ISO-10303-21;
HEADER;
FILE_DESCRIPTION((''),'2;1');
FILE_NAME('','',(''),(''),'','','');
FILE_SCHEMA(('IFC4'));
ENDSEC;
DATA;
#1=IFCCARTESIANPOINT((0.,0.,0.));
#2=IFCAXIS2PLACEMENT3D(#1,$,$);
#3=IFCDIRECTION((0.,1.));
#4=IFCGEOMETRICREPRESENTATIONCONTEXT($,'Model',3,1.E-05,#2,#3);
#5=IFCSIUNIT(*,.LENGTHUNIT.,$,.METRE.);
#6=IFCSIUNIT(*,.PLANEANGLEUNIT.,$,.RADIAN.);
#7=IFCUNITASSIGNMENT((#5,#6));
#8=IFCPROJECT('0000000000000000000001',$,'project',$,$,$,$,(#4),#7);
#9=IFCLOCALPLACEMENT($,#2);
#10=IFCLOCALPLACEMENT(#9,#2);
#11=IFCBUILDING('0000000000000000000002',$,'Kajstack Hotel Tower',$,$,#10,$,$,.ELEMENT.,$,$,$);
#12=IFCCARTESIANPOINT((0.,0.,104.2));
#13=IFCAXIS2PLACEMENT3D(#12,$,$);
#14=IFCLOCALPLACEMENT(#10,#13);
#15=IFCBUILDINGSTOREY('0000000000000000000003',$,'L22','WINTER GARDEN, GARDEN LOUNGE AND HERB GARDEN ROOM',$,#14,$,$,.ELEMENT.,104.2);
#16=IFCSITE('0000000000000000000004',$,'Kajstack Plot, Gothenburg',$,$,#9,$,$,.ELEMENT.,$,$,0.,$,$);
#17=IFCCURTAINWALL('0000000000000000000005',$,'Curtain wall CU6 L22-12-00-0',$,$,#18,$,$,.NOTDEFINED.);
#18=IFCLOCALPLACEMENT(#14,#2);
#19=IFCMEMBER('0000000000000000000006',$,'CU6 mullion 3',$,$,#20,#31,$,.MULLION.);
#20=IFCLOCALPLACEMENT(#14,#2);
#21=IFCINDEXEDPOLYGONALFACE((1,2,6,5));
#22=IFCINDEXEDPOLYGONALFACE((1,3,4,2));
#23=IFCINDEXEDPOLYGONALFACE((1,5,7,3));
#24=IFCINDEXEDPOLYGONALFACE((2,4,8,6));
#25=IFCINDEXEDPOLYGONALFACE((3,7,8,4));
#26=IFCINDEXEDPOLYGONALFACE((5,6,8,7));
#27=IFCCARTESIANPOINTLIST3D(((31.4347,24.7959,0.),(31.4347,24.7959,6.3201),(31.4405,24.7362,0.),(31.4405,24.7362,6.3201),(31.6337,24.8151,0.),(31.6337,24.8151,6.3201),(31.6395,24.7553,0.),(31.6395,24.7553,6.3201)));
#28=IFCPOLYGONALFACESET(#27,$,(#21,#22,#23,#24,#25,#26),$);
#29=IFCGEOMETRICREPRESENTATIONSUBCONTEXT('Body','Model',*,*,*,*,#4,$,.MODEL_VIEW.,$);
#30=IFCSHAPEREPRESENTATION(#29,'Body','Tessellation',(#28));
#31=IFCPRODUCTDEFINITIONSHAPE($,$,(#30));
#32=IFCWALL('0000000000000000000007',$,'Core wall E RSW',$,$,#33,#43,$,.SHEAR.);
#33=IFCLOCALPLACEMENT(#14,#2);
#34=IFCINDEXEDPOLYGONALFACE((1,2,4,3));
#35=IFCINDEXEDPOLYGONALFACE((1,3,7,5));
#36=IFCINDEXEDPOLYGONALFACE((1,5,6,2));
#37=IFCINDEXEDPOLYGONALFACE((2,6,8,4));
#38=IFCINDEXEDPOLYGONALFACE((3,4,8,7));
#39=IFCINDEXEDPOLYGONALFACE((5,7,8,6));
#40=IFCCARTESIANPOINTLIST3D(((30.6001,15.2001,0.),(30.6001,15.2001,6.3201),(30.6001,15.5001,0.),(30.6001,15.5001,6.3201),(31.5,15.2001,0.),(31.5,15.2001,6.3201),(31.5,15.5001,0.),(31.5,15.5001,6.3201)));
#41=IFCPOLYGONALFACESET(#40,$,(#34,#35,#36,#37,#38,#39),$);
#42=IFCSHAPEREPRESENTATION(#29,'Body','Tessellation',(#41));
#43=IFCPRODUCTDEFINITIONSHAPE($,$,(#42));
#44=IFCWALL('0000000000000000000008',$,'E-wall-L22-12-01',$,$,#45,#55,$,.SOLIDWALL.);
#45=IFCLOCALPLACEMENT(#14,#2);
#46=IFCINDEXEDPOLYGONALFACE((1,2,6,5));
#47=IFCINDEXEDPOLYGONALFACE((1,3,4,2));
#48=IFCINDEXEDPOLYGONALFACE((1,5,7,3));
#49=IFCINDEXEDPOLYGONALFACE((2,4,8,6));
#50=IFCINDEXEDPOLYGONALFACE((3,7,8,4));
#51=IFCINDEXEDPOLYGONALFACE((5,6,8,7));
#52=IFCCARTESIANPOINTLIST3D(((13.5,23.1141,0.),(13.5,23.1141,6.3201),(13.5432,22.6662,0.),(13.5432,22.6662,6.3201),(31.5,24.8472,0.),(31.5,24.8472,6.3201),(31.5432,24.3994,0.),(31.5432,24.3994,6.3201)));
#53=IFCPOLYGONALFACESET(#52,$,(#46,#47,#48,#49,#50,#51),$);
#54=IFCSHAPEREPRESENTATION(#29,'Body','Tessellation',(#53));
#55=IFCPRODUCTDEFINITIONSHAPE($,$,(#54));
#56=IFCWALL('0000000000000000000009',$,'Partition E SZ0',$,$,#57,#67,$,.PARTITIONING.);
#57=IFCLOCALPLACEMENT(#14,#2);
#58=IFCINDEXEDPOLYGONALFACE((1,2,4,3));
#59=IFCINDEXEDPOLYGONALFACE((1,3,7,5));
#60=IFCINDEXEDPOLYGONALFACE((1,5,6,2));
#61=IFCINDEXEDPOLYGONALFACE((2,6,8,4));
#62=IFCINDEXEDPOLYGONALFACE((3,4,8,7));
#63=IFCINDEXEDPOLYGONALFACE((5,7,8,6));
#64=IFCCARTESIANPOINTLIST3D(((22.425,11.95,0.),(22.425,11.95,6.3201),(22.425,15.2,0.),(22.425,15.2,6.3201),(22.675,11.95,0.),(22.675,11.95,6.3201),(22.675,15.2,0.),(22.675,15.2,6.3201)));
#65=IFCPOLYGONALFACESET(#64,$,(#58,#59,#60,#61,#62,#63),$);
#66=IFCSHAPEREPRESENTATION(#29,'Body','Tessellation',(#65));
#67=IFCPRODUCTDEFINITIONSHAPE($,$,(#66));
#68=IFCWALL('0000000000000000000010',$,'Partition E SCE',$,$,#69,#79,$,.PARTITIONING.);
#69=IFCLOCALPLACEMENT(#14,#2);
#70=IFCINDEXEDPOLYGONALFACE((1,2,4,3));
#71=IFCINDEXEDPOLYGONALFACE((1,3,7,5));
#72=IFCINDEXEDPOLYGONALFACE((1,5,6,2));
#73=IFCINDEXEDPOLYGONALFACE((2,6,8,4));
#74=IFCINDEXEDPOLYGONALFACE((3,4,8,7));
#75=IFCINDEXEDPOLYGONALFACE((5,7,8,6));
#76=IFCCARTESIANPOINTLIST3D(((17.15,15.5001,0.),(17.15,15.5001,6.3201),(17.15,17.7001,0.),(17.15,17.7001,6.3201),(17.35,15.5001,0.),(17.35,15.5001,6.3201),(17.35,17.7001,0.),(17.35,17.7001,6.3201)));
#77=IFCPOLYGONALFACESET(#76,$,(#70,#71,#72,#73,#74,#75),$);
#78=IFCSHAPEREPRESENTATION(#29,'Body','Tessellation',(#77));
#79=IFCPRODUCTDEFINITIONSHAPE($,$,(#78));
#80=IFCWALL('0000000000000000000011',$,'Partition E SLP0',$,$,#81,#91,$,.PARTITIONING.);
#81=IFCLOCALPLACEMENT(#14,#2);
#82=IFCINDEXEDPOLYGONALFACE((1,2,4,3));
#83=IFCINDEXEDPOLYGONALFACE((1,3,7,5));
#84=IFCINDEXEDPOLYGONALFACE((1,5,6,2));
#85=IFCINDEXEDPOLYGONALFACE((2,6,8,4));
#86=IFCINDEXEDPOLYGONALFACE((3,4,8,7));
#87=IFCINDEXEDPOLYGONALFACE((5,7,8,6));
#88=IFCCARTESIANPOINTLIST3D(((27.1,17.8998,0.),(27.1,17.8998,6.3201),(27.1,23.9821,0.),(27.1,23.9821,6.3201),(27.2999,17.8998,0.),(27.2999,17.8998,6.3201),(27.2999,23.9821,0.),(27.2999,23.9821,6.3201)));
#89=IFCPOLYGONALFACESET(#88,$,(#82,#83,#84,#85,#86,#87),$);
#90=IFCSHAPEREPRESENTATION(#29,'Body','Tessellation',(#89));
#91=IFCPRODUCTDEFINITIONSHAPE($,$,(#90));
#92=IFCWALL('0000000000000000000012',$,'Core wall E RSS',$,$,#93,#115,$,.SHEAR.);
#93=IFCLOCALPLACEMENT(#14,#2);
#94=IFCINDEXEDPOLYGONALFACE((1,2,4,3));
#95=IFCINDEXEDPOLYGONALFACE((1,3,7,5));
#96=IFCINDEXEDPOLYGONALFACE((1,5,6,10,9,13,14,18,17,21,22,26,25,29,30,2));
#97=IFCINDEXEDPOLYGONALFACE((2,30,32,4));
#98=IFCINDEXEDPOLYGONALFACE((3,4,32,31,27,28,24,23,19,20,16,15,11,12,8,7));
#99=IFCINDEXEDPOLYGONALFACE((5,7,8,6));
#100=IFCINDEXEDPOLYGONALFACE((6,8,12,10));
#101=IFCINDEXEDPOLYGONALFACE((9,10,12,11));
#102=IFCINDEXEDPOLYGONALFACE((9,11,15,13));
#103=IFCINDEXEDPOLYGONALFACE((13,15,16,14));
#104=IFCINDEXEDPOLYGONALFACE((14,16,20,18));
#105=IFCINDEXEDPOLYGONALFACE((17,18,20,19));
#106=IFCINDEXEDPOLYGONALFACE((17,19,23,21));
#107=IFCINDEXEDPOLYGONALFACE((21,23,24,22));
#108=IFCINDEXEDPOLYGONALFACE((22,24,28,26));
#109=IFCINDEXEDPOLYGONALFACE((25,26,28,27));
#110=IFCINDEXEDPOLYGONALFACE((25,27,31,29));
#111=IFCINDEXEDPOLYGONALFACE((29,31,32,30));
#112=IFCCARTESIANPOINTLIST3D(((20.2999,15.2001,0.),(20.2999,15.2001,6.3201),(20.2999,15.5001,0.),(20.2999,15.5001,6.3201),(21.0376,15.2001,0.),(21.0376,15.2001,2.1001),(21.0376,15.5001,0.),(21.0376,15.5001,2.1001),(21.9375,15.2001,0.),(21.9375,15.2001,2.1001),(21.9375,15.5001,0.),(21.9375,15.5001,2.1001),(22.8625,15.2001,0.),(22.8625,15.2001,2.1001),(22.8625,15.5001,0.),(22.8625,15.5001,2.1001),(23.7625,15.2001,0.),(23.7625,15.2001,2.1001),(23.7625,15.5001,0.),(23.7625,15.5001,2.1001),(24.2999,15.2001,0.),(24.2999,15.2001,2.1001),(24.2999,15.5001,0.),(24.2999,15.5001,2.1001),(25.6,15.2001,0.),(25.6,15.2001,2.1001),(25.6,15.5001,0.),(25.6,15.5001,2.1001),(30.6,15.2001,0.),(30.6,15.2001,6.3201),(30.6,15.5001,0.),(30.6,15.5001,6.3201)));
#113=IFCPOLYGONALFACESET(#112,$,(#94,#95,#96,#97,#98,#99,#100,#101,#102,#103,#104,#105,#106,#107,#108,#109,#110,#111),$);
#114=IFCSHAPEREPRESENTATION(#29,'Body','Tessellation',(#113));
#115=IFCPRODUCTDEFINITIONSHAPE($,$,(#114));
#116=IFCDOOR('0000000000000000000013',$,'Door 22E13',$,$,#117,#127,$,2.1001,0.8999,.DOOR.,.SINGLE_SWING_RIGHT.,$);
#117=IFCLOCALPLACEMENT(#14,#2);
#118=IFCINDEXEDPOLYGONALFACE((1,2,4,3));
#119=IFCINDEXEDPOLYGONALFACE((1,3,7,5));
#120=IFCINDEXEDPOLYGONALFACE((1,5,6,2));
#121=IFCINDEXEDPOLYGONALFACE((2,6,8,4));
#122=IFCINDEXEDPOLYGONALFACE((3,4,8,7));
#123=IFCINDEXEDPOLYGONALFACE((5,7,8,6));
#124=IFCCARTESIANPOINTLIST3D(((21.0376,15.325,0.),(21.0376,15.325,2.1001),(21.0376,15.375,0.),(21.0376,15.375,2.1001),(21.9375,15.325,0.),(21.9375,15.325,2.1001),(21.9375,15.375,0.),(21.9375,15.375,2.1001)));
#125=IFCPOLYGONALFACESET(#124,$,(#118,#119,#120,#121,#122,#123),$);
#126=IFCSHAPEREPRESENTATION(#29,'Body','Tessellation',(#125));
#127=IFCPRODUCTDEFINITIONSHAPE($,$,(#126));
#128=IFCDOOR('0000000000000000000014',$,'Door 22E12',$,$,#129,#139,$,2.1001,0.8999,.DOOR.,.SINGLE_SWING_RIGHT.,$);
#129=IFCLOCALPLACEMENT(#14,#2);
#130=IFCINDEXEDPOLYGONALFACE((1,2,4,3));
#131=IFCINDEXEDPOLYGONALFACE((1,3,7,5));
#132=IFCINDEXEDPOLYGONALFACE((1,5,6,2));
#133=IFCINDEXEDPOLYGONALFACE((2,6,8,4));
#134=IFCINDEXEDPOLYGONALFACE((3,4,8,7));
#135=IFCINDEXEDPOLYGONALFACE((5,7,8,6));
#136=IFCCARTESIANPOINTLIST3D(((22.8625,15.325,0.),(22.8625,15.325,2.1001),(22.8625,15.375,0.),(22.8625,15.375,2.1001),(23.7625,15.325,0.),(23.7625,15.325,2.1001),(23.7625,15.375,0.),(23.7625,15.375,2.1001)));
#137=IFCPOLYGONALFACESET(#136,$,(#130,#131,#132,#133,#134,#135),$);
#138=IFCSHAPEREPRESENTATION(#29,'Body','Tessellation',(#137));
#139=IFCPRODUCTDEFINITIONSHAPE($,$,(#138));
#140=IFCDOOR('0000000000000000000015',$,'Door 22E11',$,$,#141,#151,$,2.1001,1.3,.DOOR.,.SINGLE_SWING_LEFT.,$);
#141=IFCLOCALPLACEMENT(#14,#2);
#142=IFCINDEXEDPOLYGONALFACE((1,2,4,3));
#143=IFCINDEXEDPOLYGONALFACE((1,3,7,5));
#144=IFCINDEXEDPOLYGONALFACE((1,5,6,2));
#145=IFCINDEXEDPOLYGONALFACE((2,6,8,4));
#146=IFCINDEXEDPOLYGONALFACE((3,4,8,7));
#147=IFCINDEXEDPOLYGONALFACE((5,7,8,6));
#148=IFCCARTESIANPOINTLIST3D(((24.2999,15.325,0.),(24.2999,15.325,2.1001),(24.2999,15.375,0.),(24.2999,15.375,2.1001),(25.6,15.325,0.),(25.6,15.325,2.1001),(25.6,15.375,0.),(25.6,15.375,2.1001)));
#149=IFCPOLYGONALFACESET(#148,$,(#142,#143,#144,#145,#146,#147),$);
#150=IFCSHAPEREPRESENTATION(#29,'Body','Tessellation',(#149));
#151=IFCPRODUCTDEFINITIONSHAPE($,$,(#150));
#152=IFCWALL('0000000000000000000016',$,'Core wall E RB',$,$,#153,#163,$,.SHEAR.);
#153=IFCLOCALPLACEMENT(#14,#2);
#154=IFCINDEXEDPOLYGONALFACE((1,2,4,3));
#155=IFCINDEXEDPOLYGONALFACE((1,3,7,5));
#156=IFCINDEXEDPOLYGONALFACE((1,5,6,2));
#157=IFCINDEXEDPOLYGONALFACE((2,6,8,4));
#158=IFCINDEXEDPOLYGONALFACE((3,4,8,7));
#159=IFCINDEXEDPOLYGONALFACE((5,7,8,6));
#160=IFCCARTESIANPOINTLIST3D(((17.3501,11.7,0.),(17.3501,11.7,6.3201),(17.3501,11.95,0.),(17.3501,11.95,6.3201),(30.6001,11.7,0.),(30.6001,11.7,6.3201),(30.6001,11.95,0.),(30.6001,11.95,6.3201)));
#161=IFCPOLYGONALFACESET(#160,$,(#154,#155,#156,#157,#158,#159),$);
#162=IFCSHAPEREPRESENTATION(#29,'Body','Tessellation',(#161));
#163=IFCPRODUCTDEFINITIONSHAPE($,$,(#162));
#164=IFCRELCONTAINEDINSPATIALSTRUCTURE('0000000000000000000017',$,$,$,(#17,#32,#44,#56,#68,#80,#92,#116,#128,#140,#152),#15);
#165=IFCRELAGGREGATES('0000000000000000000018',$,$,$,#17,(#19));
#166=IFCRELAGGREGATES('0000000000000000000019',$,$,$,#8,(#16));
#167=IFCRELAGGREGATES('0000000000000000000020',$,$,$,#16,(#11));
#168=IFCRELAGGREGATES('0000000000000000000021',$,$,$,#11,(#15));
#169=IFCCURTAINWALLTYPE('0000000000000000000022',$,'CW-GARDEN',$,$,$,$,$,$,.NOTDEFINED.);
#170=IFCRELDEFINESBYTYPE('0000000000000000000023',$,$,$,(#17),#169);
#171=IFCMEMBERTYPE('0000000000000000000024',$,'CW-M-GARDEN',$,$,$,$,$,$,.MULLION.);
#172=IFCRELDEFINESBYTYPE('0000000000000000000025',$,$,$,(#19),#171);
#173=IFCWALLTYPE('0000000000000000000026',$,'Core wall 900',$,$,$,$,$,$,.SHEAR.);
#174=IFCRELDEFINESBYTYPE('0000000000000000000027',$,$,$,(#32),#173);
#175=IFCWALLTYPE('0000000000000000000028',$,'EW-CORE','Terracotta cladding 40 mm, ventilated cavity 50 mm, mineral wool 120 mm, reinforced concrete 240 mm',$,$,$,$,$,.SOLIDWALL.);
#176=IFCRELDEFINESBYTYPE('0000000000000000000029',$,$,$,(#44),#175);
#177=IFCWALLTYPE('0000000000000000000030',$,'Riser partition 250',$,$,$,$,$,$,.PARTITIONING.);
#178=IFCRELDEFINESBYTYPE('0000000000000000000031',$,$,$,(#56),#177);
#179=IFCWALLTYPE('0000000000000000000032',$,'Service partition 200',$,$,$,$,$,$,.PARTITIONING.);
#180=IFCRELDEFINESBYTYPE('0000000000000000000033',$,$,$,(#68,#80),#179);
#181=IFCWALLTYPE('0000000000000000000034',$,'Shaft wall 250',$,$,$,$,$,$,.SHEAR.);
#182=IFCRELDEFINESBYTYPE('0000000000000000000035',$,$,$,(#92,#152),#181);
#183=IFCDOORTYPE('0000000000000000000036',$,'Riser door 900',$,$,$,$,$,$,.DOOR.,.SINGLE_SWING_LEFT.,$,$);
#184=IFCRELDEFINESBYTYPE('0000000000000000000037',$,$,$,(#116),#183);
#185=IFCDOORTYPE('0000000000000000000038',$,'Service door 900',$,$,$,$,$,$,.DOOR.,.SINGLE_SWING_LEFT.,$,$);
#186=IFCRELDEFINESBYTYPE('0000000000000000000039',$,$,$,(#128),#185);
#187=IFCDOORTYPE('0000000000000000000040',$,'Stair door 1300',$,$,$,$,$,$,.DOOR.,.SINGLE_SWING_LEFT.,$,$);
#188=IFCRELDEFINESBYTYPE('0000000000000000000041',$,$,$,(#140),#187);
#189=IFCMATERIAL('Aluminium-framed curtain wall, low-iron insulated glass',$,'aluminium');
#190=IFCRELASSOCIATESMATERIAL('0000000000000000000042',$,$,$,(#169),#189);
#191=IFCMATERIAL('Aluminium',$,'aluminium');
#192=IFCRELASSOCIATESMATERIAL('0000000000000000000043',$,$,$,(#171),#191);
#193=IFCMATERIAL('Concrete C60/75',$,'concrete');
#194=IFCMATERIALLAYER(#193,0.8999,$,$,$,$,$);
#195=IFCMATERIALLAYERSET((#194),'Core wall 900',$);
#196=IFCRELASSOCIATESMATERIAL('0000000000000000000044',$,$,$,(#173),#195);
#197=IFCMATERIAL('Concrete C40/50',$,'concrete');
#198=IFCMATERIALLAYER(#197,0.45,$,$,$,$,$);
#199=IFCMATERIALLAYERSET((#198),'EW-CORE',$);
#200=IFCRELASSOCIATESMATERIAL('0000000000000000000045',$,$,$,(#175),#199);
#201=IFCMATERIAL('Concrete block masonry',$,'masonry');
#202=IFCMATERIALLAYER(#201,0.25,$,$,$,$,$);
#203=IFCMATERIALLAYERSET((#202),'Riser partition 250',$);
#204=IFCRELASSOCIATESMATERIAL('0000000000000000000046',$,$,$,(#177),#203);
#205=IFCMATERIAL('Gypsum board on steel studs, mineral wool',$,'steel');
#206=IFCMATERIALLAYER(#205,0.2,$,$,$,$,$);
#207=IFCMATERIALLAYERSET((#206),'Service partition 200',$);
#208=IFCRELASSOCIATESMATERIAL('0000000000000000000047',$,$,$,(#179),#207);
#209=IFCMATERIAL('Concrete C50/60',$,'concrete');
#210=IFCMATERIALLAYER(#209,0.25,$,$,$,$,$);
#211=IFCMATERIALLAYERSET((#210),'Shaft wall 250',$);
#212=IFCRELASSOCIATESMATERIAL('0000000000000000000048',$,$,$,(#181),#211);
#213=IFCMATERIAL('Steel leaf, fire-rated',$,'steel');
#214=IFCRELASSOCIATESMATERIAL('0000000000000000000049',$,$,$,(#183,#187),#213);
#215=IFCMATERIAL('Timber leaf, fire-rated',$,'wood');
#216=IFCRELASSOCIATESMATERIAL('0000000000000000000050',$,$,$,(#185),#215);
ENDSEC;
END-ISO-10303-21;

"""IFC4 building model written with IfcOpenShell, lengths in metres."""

from ifc_helpers import new_model, si_unit, direction, frame, frame_2d, origin, origin_2d, place, context, subcontext, project, spatial, rectangle, extrude, material, layer, layer_set, material_profile, profile_set, type_object, element, fill, aggregate, save


model = new_model("IFC4")

# Units and contexts
model_context = context("Model", 3, precision=1e-05, world=origin(), true_north=direction((0.0, 1.0)))
body_context = subcontext(model_context, "Body", "Model", "MODEL_VIEW")
ifc_project = project(units=[si_unit("LENGTHUNIT", "METRE"), si_unit("PLANEANGLEUNIT", "RADIAN")], contexts=[model_context])

# Site, building, storey
site_placement = place(None, origin())
site = spatial("IfcSite", under=ifc_project, at=site_placement, Name="Kajstack Plot, Gothenburg", CompositionType="ELEMENT", RefElevation=0.0)
building_placement = place(site_placement, origin())
building = spatial("IfcBuilding", under=site, at=building_placement, Name="Kajstack Hotel Tower", CompositionType="ELEMENT")
storey_placement = place(building_placement, frame((0.0, 0.0, 104.2)))
storey = spatial("IfcBuildingStorey", under=building, at=storey_placement, Name="L22", Description="WINTER GARDEN, GARDEN LOUNGE AND HERB GARDEN ROOM", CompositionType="ELEMENT", Elevation=104.2)

# Curtain wall, member
ifc_material_1 = material(Name="Aluminium-framed curtain wall, low-iron insulated glass", Category="aluminium")
curtain_wall_type = type_object("IfcCurtainWallType", Name="CW-GARDEN", PredefinedType="NOTDEFINED", material=ifc_material_1)
curtain_wall_placement = place(storey_placement, origin())
curtain_wall = element("IfcCurtainWall", 1, at=curtain_wall_placement, inside=storey, type_object=curtain_wall_type, Name="Curtain wall CU6 L22-12-00-0", PredefinedType="NOTDEFINED")
ifc_material_2 = material(Name="Aluminium", Category="aluminium")
ifc_material_profile = material_profile(ifc_material_2, rectangle(XDim=0.0601, YDim=0.2, at=origin_2d()), Name="Aluminium mullion 60 x 200")
ifc_profile_set = profile_set([ifc_material_profile], Name="Aluminium")
member_type = type_object("IfcMemberType", Name="CW-M-GARDEN", PredefinedType="MULLION", material=ifc_profile_set)
member_placement = place(storey_placement, frame((31.5371, 24.7756, 0.0), z_axis=(0.0, 0.0, 1.0), x_axis=(0.095845, -0.995396, 0.0)))
member = element("IfcMember", 2, at=member_placement, type_object=member_type, Name="CU6 mullion 3", PredefinedType="MULLION", context=body_context, shape_type="SweptSolid", body=[
    extrude(rectangle(XDim=0.0601, YDim=0.2, at=origin_2d()), origin(), (0.0, 0.0, 1.0), 6.3201),
])
aggregate(curtain_wall, [member])

# Walls
ifc_material_3 = material(Name="Concrete C60/75", Category="concrete")
ifc_layer_1 = layer(ifc_material_3, 0.8999)
ifc_layer_set_1 = layer_set([ifc_layer_1], Name="Core wall 900")
wall_type_1 = type_object("IfcWallType", Name="Core wall 900", PredefinedType="SHEAR", material=ifc_layer_set_1)
wall_1_placement = place(storey_placement, frame((30.6001, 15.3501, 0.0), z_axis=(0.0, 0.0, 1.0), x_axis=(1.0, 0.0, 0.0)))
element("IfcWall", 3, at=wall_1_placement, inside=storey, type_object=wall_type_1, Name="Core wall E RSW", PredefinedType="SHEAR", context=body_context, shape_type="SweptSolid", body=[
    extrude(rectangle(XDim=0.8999, YDim=0.3, at=frame_2d((0.45, 0.0))), origin(), (0.0, 0.0, 1.0), 6.3201),
])
ifc_material_4 = material(Name="Concrete C40/50", Category="concrete")
ifc_layer_2 = layer(ifc_material_4, 0.45)
ifc_layer_set_2 = layer_set([ifc_layer_2], Name="EW-CORE")
wall_type_2 = type_object("IfcWallType", Name="EW-CORE", Description="Terracotta cladding 40 mm, ventilated cavity 50 mm, mineral wool 120 mm, reinforced concrete 240 mm", PredefinedType="SOLIDWALL", material=ifc_layer_set_2)
wall_2_placement = place(storey_placement, frame((31.5215, 24.6233, 0.0), z_axis=(0.0, 0.0, 1.0), x_axis=(-0.995396, -0.095843, 0.0)))
element("IfcWall", 4, at=wall_2_placement, inside=storey, type_object=wall_type_2, Name="E-wall-L22-12-01", PredefinedType="SOLIDWALL", context=body_context, shape_type="SweptSolid", body=[
    extrude(rectangle(XDim=18.0833, YDim=0.45, at=frame_2d((9.0415, 0.0))), origin(), (0.0, 0.0, 1.0), 6.3201),
])
ifc_material_5 = material(Name="Concrete block masonry", Category="masonry")
ifc_layer_3 = layer(ifc_material_5, 0.25)
ifc_layer_set_3 = layer_set([ifc_layer_3], Name="Riser partition 250")
wall_type_3 = type_object("IfcWallType", Name="Riser partition 250", PredefinedType="PARTITIONING", material=ifc_layer_set_3)
wall_3_placement = place(storey_placement, frame((22.55, 11.95, 0.0), z_axis=(0.0, 0.0, 1.0), x_axis=(0.0, 1.0, 0.0)))
element("IfcWall", 5, at=wall_3_placement, inside=storey, type_object=wall_type_3, Name="Partition E SZ0", PredefinedType="PARTITIONING", context=body_context, shape_type="SweptSolid", body=[
    extrude(rectangle(XDim=3.25, YDim=0.25, at=frame_2d((1.625, 0.0))), origin(), (0.0, 0.0, 1.0), 6.3201),
])
ifc_material_6 = material(Name="Gypsum board on steel studs, mineral wool", Category="steel")
ifc_layer_4 = layer(ifc_material_6, 0.2)
ifc_layer_set_4 = layer_set([ifc_layer_4], Name="Service partition 200")
wall_type_4 = type_object("IfcWallType", Name="Service partition 200", PredefinedType="PARTITIONING", material=ifc_layer_set_4)
wall_4_placement = place(storey_placement, frame((17.25, 15.5, 0.0), z_axis=(0.0, 0.0, 1.0), x_axis=(0.0, 1.0, 0.0)))
element("IfcWall", 6, at=wall_4_placement, inside=storey, type_object=wall_type_4, Name="Partition E SCE", PredefinedType="PARTITIONING", context=body_context, shape_type="SweptSolid", body=[
    extrude(rectangle(XDim=2.2, YDim=0.2, at=frame_2d((1.1001, 0.0))), origin(), (0.0, 0.0, 1.0), 6.3201),
])
wall_5_placement = place(storey_placement, frame((27.2, 17.8999, 0.0), z_axis=(0.0, 0.0, 1.0), x_axis=(0.0, 1.0, 0.0)))
element("IfcWall", 7, at=wall_5_placement, inside=storey, type_object=wall_type_4, Name="Partition E SLP0", PredefinedType="PARTITIONING", context=body_context, shape_type="SweptSolid", body=[
    extrude(rectangle(XDim=6.0823, YDim=0.2, at=frame_2d((3.041, 0.0))), origin(), (0.0, 0.0, 1.0), 6.3201),
])

# Wall, openings, doors
ifc_material_7 = material(Name="Concrete C50/60", Category="concrete")
ifc_layer_5 = layer(ifc_material_7, 0.25)
ifc_layer_set_5 = layer_set([ifc_layer_5], Name="Shaft wall 250")
wall_type_5 = type_object("IfcWallType", Name="Shaft wall 250", PredefinedType="SHEAR", material=ifc_layer_set_5)
wall_6_placement = place(storey_placement, frame((20.3, 15.3501, 0.0), z_axis=(0.0, 0.0, 1.0), x_axis=(1.0, 0.0, 0.0)))
wall_6 = element("IfcWall", 8, at=wall_6_placement, inside=storey, type_object=wall_type_5, Name="Core wall E RSS", PredefinedType="SHEAR", context=body_context, shape_type="SweptSolid", body=[
    extrude(rectangle(XDim=10.3, YDim=0.3, at=frame_2d((5.1499, 0.0))), origin(), (0.0, 0.0, 1.0), 6.3201),
])
opening_1_placement = place(wall_6_placement, frame((4.0, 0.0, 0.0)))
opening_1 = element("IfcOpeningElement", 9, at=opening_1_placement, cuts=wall_6, PredefinedType="OPENING", context=body_context, shape_type="SweptSolid", body=[
    extrude(rectangle(XDim=1.3, YDim=2.1001, at=frame_2d((0.6499, 1.05))), frame((0.0, 0.1599, 0.0), z_axis=(0.0, -1.0, 0.0), x_axis=(1.0, 0.0, 0.0)), (0.0, 0.0, 1.0), 0.3201),
])
opening_2_placement = place(wall_6_placement, frame((2.5625, 0.0, 0.0)))
opening_2 = element("IfcOpeningElement", 10, at=opening_2_placement, cuts=wall_6, PredefinedType="OPENING", context=body_context, shape_type="SweptSolid", body=[
    extrude(rectangle(XDim=0.8999, YDim=2.1001, at=frame_2d((0.45, 1.05))), frame((0.0, 0.1599, 0.0), z_axis=(0.0, -1.0, 0.0), x_axis=(1.0, 0.0, 0.0)), (0.0, 0.0, 1.0), 0.3201),
])
opening_3_placement = place(wall_6_placement, frame((0.7375, 0.0, 0.0)))
opening_3 = element("IfcOpeningElement", 11, at=opening_3_placement, cuts=wall_6, PredefinedType="OPENING", context=body_context, shape_type="SweptSolid", body=[
    extrude(rectangle(XDim=0.8999, YDim=2.1001, at=frame_2d((0.45, 1.05))), frame((0.0, 0.1599, 0.0), z_axis=(0.0, -1.0, 0.0), x_axis=(1.0, 0.0, 0.0)), (0.0, 0.0, 1.0), 0.3201),
])
ifc_material_8 = material(Name="Steel leaf, fire-rated", Category="steel")
door_type_1 = type_object("IfcDoorType", Name="Riser door 900", OperationType="SINGLE_SWING_LEFT", PredefinedType="DOOR", material=ifc_material_8)
door_1_placement = place(opening_3_placement, origin())
door_1 = element("IfcDoor", 12, at=door_1_placement, inside=storey, type_object=door_type_1, Name="Door 22E13", OperationType="SINGLE_SWING_RIGHT", OverallHeight=2.1001, OverallWidth=0.8999, PredefinedType="DOOR", context=body_context, shape_type="SweptSolid", body=[
    extrude(rectangle(XDim=0.8999, YDim=2.1001, at=frame_2d((0.45, 1.05))), frame((0.0, 0.0249, 0.0), z_axis=(0.0, -1.0, 0.0), x_axis=(1.0, 0.0, 0.0)), (0.0, 0.0, 1.0), 0.05),
])
fill(opening_3, door_1)
ifc_material_9 = material(Name="Timber leaf, fire-rated", Category="wood")
door_type_2 = type_object("IfcDoorType", Name="Service door 900", OperationType="SINGLE_SWING_LEFT", PredefinedType="DOOR", material=ifc_material_9)
door_2_placement = place(opening_2_placement, origin())
door_2 = element("IfcDoor", 13, at=door_2_placement, inside=storey, type_object=door_type_2, Name="Door 22E12", OperationType="SINGLE_SWING_RIGHT", OverallHeight=2.1001, OverallWidth=0.8999, PredefinedType="DOOR", context=body_context, shape_type="SweptSolid", body=[
    extrude(rectangle(XDim=0.8999, YDim=2.1001, at=frame_2d((0.45, 1.05))), frame((0.0, 0.0249, 0.0), z_axis=(0.0, -1.0, 0.0), x_axis=(1.0, 0.0, 0.0)), (0.0, 0.0, 1.0), 0.05),
])
fill(opening_2, door_2)
door_type_3 = type_object("IfcDoorType", Name="Stair door 1300", OperationType="SINGLE_SWING_LEFT", PredefinedType="DOOR", material=ifc_material_8)
door_3_placement = place(opening_1_placement, origin())
door_3 = element("IfcDoor", 14, at=door_3_placement, inside=storey, type_object=door_type_3, Name="Door 22E11", OperationType="SINGLE_SWING_LEFT", OverallHeight=2.1001, OverallWidth=1.3, PredefinedType="DOOR", context=body_context, shape_type="SweptSolid", body=[
    extrude(rectangle(XDim=1.3, YDim=2.1001, at=frame_2d((0.6499, 1.05))), frame((0.0, 0.0249, 0.0), z_axis=(0.0, -1.0, 0.0), x_axis=(1.0, 0.0, 0.0)), (0.0, 0.0, 1.0), 0.05),
])
fill(opening_1, door_3)

# Wall
wall_7_placement = place(storey_placement, frame((17.3501, 11.825, 0.0), z_axis=(0.0, 0.0, 1.0), x_axis=(1.0, 0.0, 0.0)))
element("IfcWall", 15, at=wall_7_placement, inside=storey, type_object=wall_type_5, Name="Core wall E RB", PredefinedType="SHEAR", context=body_context, shape_type="SweptSolid", body=[
    extrude(rectangle(XDim=13.25, YDim=0.25, at=frame_2d((6.625, 0.0))), origin(), (0.0, 0.0, 1.0), 6.3201),
])

save(model, "model.ifc")
